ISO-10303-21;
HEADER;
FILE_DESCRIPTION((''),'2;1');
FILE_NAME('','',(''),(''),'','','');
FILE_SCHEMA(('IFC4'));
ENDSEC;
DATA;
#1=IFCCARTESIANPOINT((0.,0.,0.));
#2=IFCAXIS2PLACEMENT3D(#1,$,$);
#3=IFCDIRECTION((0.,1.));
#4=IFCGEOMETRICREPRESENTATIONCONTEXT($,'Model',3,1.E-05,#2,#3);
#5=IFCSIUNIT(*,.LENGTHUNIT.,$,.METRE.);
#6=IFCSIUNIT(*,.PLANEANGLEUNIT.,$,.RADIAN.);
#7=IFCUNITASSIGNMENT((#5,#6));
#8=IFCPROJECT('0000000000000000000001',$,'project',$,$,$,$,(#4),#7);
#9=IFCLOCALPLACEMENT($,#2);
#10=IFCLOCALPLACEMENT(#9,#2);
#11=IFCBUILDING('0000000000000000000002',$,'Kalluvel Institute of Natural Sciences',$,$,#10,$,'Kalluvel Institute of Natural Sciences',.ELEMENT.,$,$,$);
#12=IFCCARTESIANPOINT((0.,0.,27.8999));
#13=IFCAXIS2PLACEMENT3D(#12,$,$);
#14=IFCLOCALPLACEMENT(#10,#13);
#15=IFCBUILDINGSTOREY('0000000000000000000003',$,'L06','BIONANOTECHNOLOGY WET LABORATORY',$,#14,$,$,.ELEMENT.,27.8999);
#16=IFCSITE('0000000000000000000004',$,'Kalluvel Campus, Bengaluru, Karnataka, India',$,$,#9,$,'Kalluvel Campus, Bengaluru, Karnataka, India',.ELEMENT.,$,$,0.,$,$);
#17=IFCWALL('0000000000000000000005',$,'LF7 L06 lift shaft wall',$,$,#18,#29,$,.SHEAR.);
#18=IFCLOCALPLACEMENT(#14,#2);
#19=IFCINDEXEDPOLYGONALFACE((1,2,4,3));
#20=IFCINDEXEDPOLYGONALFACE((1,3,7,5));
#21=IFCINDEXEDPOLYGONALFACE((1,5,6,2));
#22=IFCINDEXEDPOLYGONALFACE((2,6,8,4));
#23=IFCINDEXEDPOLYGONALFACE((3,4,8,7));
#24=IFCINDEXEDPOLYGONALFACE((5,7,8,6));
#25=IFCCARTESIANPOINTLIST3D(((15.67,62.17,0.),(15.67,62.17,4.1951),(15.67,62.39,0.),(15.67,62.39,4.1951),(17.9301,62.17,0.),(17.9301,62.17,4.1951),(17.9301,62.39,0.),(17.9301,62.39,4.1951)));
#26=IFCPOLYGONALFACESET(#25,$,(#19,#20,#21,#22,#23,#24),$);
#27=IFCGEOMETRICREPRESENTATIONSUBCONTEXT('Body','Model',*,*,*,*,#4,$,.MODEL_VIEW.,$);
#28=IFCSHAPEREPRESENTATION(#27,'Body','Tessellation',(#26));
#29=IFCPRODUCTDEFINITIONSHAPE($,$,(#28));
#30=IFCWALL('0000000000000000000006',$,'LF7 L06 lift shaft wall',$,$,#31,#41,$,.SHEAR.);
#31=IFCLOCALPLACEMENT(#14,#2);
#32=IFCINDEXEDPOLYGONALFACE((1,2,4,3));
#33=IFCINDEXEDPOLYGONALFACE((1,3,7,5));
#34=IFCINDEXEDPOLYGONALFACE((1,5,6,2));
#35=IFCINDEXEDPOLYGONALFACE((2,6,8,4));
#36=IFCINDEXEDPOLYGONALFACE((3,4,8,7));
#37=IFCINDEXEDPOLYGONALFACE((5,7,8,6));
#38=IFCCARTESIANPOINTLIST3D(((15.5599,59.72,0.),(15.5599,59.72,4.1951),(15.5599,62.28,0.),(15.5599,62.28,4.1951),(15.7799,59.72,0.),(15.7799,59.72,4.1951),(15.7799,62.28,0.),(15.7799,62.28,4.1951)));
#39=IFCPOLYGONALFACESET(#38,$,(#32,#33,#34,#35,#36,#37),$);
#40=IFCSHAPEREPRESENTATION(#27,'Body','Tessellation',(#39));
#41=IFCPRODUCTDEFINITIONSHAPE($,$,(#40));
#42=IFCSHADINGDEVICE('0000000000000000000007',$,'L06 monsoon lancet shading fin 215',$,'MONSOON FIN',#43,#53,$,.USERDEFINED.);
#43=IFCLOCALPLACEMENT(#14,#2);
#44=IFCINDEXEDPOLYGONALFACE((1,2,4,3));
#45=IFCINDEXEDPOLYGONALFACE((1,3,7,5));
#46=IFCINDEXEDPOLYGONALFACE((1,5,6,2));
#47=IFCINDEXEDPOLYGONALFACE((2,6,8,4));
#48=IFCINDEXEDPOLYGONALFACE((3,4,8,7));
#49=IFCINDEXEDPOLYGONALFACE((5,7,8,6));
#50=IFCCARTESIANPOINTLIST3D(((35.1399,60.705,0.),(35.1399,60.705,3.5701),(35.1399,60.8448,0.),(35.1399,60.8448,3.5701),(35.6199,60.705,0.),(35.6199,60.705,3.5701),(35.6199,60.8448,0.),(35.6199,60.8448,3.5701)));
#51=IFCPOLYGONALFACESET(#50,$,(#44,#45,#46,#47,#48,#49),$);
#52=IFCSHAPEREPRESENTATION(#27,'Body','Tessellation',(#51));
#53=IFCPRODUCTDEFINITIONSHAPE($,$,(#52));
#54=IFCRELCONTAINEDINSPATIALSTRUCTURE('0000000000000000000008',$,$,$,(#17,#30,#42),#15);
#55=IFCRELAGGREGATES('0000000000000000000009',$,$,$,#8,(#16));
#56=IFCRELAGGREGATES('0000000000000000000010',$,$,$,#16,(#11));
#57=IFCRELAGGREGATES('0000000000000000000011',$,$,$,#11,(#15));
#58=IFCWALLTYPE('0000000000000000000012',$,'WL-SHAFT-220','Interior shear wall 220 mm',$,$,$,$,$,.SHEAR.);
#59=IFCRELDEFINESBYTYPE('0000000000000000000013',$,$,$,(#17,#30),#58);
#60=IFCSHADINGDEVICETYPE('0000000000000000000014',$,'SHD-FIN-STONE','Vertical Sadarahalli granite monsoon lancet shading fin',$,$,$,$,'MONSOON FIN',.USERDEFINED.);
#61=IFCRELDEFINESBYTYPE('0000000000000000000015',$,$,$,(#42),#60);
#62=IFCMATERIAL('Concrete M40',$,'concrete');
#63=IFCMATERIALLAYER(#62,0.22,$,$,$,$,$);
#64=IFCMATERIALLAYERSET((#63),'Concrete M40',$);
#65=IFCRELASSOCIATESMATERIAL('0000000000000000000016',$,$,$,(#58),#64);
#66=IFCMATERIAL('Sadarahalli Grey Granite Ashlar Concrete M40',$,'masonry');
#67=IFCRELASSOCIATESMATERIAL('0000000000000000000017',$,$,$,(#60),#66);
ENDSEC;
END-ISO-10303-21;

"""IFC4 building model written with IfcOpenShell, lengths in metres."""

from ifc_helpers import new_model, si_unit, direction, frame, frame_2d, origin, origin_2d, place, context, subcontext, project, spatial, rectangle, extrude, material, layer, layer_set, type_object, element, save


model = new_model("IFC4")

# Units and contexts
model_context = context("Model", 3, precision=1e-05, world=origin(), true_north=direction((0.0, 1.0)))
body_context = subcontext(model_context, "Body", "Model", "MODEL_VIEW")
ifc_project = project(units=[si_unit("LENGTHUNIT", "METRE"), si_unit("PLANEANGLEUNIT", "RADIAN")], contexts=[model_context])

# Site, building, storey
site_placement = place(None, origin())
site = spatial("IfcSite", under=ifc_project, at=site_placement, Name="Kalluvel Campus, Bengaluru, Karnataka, India", LongName="Kalluvel Campus, Bengaluru, Karnataka, India", CompositionType="ELEMENT", RefElevation=0.0)
building_placement = place(site_placement, origin())
building = spatial("IfcBuilding", under=site, at=building_placement, Name="Kalluvel Institute of Natural Sciences", LongName="Kalluvel Institute of Natural Sciences", CompositionType="ELEMENT")
storey_placement = place(building_placement, frame((0.0, 0.0, 27.8999)))
storey = spatial("IfcBuildingStorey", under=building, at=storey_placement, Name="L06", Description="BIONANOTECHNOLOGY WET LABORATORY", CompositionType="ELEMENT", Elevation=27.8999)

# Shared definitions
ifc_material_1 = material(Name="Concrete M40", Category="concrete")

# Shared definitions
ifc_layer_1 = layer(ifc_material_1, 0.22)
ifc_layer_set_1 = layer_set([ifc_layer_1], Name="Concrete M40")
wall_type_1 = type_object("IfcWallType", Name="WL-SHAFT-220", Description="Interior shear wall 220 mm", PredefinedType="SHEAR", material=ifc_layer_set_1)

# Walls
wall_1_placement = place(storey_placement, frame((17.9299, 62.28, 0.0), z_axis=(0.0, 0.0, 1.0), x_axis=(-1.0, 0.0, 0.0)))
element("IfcWall", 1, at=wall_1_placement, inside=storey, type_object=wall_type_1, Name="LF7 L06 lift shaft wall", PredefinedType="SHEAR", context=body_context, shape_type="SweptSolid", body=[
    extrude(rectangle(XDim=2.26, YDim=0.22, at=frame_2d((1.1299, 0.0))), origin(), (0.0, 0.0, 1.0), 4.1951),
])
wall_2_placement = place(storey_placement, frame((15.6699, 62.28, 0.0), z_axis=(0.0, 0.0, 1.0), x_axis=(0.0, -1.0, 0.0)))
element("IfcWall", 2, at=wall_2_placement, inside=storey, type_object=wall_type_1, Name="LF7 L06 lift shaft wall", PredefinedType="SHEAR", context=body_context, shape_type="SweptSolid", body=[
    extrude(rectangle(XDim=2.5601, YDim=0.22, at=frame_2d((1.28, 0.0))), origin(), (0.0, 0.0, 1.0), 4.1951),
])

# Shading device
ifc_material_2 = material(Name="Sadarahalli Grey Granite Ashlar Concrete M40", Category="masonry")
shading_device_type = type_object("IfcShadingDeviceType", Name="SHD-FIN-STONE", Description="Vertical Sadarahalli granite monsoon lancet shading fin", ElementType="MONSOON FIN", PredefinedType="USERDEFINED", material=ifc_material_2)
shading_device_placement = place(storey_placement, frame((35.3799, 60.7749, 0.0), z_axis=(0.0, 0.0, 1.0), x_axis=(0.0, 1.0, 0.0)))
element("IfcShadingDevice", 3, at=shading_device_placement, inside=storey, type_object=shading_device_type, Name="L06 monsoon lancet shading fin 215", ObjectType="MONSOON FIN", PredefinedType="USERDEFINED", context=body_context, shape_type="SweptSolid", body=[
    extrude(rectangle(XDim=0.1399, YDim=0.48, at=origin_2d()), origin(), (0.0, 0.0, 1.0), 3.5701),
])

save(model, "model.ifc")
